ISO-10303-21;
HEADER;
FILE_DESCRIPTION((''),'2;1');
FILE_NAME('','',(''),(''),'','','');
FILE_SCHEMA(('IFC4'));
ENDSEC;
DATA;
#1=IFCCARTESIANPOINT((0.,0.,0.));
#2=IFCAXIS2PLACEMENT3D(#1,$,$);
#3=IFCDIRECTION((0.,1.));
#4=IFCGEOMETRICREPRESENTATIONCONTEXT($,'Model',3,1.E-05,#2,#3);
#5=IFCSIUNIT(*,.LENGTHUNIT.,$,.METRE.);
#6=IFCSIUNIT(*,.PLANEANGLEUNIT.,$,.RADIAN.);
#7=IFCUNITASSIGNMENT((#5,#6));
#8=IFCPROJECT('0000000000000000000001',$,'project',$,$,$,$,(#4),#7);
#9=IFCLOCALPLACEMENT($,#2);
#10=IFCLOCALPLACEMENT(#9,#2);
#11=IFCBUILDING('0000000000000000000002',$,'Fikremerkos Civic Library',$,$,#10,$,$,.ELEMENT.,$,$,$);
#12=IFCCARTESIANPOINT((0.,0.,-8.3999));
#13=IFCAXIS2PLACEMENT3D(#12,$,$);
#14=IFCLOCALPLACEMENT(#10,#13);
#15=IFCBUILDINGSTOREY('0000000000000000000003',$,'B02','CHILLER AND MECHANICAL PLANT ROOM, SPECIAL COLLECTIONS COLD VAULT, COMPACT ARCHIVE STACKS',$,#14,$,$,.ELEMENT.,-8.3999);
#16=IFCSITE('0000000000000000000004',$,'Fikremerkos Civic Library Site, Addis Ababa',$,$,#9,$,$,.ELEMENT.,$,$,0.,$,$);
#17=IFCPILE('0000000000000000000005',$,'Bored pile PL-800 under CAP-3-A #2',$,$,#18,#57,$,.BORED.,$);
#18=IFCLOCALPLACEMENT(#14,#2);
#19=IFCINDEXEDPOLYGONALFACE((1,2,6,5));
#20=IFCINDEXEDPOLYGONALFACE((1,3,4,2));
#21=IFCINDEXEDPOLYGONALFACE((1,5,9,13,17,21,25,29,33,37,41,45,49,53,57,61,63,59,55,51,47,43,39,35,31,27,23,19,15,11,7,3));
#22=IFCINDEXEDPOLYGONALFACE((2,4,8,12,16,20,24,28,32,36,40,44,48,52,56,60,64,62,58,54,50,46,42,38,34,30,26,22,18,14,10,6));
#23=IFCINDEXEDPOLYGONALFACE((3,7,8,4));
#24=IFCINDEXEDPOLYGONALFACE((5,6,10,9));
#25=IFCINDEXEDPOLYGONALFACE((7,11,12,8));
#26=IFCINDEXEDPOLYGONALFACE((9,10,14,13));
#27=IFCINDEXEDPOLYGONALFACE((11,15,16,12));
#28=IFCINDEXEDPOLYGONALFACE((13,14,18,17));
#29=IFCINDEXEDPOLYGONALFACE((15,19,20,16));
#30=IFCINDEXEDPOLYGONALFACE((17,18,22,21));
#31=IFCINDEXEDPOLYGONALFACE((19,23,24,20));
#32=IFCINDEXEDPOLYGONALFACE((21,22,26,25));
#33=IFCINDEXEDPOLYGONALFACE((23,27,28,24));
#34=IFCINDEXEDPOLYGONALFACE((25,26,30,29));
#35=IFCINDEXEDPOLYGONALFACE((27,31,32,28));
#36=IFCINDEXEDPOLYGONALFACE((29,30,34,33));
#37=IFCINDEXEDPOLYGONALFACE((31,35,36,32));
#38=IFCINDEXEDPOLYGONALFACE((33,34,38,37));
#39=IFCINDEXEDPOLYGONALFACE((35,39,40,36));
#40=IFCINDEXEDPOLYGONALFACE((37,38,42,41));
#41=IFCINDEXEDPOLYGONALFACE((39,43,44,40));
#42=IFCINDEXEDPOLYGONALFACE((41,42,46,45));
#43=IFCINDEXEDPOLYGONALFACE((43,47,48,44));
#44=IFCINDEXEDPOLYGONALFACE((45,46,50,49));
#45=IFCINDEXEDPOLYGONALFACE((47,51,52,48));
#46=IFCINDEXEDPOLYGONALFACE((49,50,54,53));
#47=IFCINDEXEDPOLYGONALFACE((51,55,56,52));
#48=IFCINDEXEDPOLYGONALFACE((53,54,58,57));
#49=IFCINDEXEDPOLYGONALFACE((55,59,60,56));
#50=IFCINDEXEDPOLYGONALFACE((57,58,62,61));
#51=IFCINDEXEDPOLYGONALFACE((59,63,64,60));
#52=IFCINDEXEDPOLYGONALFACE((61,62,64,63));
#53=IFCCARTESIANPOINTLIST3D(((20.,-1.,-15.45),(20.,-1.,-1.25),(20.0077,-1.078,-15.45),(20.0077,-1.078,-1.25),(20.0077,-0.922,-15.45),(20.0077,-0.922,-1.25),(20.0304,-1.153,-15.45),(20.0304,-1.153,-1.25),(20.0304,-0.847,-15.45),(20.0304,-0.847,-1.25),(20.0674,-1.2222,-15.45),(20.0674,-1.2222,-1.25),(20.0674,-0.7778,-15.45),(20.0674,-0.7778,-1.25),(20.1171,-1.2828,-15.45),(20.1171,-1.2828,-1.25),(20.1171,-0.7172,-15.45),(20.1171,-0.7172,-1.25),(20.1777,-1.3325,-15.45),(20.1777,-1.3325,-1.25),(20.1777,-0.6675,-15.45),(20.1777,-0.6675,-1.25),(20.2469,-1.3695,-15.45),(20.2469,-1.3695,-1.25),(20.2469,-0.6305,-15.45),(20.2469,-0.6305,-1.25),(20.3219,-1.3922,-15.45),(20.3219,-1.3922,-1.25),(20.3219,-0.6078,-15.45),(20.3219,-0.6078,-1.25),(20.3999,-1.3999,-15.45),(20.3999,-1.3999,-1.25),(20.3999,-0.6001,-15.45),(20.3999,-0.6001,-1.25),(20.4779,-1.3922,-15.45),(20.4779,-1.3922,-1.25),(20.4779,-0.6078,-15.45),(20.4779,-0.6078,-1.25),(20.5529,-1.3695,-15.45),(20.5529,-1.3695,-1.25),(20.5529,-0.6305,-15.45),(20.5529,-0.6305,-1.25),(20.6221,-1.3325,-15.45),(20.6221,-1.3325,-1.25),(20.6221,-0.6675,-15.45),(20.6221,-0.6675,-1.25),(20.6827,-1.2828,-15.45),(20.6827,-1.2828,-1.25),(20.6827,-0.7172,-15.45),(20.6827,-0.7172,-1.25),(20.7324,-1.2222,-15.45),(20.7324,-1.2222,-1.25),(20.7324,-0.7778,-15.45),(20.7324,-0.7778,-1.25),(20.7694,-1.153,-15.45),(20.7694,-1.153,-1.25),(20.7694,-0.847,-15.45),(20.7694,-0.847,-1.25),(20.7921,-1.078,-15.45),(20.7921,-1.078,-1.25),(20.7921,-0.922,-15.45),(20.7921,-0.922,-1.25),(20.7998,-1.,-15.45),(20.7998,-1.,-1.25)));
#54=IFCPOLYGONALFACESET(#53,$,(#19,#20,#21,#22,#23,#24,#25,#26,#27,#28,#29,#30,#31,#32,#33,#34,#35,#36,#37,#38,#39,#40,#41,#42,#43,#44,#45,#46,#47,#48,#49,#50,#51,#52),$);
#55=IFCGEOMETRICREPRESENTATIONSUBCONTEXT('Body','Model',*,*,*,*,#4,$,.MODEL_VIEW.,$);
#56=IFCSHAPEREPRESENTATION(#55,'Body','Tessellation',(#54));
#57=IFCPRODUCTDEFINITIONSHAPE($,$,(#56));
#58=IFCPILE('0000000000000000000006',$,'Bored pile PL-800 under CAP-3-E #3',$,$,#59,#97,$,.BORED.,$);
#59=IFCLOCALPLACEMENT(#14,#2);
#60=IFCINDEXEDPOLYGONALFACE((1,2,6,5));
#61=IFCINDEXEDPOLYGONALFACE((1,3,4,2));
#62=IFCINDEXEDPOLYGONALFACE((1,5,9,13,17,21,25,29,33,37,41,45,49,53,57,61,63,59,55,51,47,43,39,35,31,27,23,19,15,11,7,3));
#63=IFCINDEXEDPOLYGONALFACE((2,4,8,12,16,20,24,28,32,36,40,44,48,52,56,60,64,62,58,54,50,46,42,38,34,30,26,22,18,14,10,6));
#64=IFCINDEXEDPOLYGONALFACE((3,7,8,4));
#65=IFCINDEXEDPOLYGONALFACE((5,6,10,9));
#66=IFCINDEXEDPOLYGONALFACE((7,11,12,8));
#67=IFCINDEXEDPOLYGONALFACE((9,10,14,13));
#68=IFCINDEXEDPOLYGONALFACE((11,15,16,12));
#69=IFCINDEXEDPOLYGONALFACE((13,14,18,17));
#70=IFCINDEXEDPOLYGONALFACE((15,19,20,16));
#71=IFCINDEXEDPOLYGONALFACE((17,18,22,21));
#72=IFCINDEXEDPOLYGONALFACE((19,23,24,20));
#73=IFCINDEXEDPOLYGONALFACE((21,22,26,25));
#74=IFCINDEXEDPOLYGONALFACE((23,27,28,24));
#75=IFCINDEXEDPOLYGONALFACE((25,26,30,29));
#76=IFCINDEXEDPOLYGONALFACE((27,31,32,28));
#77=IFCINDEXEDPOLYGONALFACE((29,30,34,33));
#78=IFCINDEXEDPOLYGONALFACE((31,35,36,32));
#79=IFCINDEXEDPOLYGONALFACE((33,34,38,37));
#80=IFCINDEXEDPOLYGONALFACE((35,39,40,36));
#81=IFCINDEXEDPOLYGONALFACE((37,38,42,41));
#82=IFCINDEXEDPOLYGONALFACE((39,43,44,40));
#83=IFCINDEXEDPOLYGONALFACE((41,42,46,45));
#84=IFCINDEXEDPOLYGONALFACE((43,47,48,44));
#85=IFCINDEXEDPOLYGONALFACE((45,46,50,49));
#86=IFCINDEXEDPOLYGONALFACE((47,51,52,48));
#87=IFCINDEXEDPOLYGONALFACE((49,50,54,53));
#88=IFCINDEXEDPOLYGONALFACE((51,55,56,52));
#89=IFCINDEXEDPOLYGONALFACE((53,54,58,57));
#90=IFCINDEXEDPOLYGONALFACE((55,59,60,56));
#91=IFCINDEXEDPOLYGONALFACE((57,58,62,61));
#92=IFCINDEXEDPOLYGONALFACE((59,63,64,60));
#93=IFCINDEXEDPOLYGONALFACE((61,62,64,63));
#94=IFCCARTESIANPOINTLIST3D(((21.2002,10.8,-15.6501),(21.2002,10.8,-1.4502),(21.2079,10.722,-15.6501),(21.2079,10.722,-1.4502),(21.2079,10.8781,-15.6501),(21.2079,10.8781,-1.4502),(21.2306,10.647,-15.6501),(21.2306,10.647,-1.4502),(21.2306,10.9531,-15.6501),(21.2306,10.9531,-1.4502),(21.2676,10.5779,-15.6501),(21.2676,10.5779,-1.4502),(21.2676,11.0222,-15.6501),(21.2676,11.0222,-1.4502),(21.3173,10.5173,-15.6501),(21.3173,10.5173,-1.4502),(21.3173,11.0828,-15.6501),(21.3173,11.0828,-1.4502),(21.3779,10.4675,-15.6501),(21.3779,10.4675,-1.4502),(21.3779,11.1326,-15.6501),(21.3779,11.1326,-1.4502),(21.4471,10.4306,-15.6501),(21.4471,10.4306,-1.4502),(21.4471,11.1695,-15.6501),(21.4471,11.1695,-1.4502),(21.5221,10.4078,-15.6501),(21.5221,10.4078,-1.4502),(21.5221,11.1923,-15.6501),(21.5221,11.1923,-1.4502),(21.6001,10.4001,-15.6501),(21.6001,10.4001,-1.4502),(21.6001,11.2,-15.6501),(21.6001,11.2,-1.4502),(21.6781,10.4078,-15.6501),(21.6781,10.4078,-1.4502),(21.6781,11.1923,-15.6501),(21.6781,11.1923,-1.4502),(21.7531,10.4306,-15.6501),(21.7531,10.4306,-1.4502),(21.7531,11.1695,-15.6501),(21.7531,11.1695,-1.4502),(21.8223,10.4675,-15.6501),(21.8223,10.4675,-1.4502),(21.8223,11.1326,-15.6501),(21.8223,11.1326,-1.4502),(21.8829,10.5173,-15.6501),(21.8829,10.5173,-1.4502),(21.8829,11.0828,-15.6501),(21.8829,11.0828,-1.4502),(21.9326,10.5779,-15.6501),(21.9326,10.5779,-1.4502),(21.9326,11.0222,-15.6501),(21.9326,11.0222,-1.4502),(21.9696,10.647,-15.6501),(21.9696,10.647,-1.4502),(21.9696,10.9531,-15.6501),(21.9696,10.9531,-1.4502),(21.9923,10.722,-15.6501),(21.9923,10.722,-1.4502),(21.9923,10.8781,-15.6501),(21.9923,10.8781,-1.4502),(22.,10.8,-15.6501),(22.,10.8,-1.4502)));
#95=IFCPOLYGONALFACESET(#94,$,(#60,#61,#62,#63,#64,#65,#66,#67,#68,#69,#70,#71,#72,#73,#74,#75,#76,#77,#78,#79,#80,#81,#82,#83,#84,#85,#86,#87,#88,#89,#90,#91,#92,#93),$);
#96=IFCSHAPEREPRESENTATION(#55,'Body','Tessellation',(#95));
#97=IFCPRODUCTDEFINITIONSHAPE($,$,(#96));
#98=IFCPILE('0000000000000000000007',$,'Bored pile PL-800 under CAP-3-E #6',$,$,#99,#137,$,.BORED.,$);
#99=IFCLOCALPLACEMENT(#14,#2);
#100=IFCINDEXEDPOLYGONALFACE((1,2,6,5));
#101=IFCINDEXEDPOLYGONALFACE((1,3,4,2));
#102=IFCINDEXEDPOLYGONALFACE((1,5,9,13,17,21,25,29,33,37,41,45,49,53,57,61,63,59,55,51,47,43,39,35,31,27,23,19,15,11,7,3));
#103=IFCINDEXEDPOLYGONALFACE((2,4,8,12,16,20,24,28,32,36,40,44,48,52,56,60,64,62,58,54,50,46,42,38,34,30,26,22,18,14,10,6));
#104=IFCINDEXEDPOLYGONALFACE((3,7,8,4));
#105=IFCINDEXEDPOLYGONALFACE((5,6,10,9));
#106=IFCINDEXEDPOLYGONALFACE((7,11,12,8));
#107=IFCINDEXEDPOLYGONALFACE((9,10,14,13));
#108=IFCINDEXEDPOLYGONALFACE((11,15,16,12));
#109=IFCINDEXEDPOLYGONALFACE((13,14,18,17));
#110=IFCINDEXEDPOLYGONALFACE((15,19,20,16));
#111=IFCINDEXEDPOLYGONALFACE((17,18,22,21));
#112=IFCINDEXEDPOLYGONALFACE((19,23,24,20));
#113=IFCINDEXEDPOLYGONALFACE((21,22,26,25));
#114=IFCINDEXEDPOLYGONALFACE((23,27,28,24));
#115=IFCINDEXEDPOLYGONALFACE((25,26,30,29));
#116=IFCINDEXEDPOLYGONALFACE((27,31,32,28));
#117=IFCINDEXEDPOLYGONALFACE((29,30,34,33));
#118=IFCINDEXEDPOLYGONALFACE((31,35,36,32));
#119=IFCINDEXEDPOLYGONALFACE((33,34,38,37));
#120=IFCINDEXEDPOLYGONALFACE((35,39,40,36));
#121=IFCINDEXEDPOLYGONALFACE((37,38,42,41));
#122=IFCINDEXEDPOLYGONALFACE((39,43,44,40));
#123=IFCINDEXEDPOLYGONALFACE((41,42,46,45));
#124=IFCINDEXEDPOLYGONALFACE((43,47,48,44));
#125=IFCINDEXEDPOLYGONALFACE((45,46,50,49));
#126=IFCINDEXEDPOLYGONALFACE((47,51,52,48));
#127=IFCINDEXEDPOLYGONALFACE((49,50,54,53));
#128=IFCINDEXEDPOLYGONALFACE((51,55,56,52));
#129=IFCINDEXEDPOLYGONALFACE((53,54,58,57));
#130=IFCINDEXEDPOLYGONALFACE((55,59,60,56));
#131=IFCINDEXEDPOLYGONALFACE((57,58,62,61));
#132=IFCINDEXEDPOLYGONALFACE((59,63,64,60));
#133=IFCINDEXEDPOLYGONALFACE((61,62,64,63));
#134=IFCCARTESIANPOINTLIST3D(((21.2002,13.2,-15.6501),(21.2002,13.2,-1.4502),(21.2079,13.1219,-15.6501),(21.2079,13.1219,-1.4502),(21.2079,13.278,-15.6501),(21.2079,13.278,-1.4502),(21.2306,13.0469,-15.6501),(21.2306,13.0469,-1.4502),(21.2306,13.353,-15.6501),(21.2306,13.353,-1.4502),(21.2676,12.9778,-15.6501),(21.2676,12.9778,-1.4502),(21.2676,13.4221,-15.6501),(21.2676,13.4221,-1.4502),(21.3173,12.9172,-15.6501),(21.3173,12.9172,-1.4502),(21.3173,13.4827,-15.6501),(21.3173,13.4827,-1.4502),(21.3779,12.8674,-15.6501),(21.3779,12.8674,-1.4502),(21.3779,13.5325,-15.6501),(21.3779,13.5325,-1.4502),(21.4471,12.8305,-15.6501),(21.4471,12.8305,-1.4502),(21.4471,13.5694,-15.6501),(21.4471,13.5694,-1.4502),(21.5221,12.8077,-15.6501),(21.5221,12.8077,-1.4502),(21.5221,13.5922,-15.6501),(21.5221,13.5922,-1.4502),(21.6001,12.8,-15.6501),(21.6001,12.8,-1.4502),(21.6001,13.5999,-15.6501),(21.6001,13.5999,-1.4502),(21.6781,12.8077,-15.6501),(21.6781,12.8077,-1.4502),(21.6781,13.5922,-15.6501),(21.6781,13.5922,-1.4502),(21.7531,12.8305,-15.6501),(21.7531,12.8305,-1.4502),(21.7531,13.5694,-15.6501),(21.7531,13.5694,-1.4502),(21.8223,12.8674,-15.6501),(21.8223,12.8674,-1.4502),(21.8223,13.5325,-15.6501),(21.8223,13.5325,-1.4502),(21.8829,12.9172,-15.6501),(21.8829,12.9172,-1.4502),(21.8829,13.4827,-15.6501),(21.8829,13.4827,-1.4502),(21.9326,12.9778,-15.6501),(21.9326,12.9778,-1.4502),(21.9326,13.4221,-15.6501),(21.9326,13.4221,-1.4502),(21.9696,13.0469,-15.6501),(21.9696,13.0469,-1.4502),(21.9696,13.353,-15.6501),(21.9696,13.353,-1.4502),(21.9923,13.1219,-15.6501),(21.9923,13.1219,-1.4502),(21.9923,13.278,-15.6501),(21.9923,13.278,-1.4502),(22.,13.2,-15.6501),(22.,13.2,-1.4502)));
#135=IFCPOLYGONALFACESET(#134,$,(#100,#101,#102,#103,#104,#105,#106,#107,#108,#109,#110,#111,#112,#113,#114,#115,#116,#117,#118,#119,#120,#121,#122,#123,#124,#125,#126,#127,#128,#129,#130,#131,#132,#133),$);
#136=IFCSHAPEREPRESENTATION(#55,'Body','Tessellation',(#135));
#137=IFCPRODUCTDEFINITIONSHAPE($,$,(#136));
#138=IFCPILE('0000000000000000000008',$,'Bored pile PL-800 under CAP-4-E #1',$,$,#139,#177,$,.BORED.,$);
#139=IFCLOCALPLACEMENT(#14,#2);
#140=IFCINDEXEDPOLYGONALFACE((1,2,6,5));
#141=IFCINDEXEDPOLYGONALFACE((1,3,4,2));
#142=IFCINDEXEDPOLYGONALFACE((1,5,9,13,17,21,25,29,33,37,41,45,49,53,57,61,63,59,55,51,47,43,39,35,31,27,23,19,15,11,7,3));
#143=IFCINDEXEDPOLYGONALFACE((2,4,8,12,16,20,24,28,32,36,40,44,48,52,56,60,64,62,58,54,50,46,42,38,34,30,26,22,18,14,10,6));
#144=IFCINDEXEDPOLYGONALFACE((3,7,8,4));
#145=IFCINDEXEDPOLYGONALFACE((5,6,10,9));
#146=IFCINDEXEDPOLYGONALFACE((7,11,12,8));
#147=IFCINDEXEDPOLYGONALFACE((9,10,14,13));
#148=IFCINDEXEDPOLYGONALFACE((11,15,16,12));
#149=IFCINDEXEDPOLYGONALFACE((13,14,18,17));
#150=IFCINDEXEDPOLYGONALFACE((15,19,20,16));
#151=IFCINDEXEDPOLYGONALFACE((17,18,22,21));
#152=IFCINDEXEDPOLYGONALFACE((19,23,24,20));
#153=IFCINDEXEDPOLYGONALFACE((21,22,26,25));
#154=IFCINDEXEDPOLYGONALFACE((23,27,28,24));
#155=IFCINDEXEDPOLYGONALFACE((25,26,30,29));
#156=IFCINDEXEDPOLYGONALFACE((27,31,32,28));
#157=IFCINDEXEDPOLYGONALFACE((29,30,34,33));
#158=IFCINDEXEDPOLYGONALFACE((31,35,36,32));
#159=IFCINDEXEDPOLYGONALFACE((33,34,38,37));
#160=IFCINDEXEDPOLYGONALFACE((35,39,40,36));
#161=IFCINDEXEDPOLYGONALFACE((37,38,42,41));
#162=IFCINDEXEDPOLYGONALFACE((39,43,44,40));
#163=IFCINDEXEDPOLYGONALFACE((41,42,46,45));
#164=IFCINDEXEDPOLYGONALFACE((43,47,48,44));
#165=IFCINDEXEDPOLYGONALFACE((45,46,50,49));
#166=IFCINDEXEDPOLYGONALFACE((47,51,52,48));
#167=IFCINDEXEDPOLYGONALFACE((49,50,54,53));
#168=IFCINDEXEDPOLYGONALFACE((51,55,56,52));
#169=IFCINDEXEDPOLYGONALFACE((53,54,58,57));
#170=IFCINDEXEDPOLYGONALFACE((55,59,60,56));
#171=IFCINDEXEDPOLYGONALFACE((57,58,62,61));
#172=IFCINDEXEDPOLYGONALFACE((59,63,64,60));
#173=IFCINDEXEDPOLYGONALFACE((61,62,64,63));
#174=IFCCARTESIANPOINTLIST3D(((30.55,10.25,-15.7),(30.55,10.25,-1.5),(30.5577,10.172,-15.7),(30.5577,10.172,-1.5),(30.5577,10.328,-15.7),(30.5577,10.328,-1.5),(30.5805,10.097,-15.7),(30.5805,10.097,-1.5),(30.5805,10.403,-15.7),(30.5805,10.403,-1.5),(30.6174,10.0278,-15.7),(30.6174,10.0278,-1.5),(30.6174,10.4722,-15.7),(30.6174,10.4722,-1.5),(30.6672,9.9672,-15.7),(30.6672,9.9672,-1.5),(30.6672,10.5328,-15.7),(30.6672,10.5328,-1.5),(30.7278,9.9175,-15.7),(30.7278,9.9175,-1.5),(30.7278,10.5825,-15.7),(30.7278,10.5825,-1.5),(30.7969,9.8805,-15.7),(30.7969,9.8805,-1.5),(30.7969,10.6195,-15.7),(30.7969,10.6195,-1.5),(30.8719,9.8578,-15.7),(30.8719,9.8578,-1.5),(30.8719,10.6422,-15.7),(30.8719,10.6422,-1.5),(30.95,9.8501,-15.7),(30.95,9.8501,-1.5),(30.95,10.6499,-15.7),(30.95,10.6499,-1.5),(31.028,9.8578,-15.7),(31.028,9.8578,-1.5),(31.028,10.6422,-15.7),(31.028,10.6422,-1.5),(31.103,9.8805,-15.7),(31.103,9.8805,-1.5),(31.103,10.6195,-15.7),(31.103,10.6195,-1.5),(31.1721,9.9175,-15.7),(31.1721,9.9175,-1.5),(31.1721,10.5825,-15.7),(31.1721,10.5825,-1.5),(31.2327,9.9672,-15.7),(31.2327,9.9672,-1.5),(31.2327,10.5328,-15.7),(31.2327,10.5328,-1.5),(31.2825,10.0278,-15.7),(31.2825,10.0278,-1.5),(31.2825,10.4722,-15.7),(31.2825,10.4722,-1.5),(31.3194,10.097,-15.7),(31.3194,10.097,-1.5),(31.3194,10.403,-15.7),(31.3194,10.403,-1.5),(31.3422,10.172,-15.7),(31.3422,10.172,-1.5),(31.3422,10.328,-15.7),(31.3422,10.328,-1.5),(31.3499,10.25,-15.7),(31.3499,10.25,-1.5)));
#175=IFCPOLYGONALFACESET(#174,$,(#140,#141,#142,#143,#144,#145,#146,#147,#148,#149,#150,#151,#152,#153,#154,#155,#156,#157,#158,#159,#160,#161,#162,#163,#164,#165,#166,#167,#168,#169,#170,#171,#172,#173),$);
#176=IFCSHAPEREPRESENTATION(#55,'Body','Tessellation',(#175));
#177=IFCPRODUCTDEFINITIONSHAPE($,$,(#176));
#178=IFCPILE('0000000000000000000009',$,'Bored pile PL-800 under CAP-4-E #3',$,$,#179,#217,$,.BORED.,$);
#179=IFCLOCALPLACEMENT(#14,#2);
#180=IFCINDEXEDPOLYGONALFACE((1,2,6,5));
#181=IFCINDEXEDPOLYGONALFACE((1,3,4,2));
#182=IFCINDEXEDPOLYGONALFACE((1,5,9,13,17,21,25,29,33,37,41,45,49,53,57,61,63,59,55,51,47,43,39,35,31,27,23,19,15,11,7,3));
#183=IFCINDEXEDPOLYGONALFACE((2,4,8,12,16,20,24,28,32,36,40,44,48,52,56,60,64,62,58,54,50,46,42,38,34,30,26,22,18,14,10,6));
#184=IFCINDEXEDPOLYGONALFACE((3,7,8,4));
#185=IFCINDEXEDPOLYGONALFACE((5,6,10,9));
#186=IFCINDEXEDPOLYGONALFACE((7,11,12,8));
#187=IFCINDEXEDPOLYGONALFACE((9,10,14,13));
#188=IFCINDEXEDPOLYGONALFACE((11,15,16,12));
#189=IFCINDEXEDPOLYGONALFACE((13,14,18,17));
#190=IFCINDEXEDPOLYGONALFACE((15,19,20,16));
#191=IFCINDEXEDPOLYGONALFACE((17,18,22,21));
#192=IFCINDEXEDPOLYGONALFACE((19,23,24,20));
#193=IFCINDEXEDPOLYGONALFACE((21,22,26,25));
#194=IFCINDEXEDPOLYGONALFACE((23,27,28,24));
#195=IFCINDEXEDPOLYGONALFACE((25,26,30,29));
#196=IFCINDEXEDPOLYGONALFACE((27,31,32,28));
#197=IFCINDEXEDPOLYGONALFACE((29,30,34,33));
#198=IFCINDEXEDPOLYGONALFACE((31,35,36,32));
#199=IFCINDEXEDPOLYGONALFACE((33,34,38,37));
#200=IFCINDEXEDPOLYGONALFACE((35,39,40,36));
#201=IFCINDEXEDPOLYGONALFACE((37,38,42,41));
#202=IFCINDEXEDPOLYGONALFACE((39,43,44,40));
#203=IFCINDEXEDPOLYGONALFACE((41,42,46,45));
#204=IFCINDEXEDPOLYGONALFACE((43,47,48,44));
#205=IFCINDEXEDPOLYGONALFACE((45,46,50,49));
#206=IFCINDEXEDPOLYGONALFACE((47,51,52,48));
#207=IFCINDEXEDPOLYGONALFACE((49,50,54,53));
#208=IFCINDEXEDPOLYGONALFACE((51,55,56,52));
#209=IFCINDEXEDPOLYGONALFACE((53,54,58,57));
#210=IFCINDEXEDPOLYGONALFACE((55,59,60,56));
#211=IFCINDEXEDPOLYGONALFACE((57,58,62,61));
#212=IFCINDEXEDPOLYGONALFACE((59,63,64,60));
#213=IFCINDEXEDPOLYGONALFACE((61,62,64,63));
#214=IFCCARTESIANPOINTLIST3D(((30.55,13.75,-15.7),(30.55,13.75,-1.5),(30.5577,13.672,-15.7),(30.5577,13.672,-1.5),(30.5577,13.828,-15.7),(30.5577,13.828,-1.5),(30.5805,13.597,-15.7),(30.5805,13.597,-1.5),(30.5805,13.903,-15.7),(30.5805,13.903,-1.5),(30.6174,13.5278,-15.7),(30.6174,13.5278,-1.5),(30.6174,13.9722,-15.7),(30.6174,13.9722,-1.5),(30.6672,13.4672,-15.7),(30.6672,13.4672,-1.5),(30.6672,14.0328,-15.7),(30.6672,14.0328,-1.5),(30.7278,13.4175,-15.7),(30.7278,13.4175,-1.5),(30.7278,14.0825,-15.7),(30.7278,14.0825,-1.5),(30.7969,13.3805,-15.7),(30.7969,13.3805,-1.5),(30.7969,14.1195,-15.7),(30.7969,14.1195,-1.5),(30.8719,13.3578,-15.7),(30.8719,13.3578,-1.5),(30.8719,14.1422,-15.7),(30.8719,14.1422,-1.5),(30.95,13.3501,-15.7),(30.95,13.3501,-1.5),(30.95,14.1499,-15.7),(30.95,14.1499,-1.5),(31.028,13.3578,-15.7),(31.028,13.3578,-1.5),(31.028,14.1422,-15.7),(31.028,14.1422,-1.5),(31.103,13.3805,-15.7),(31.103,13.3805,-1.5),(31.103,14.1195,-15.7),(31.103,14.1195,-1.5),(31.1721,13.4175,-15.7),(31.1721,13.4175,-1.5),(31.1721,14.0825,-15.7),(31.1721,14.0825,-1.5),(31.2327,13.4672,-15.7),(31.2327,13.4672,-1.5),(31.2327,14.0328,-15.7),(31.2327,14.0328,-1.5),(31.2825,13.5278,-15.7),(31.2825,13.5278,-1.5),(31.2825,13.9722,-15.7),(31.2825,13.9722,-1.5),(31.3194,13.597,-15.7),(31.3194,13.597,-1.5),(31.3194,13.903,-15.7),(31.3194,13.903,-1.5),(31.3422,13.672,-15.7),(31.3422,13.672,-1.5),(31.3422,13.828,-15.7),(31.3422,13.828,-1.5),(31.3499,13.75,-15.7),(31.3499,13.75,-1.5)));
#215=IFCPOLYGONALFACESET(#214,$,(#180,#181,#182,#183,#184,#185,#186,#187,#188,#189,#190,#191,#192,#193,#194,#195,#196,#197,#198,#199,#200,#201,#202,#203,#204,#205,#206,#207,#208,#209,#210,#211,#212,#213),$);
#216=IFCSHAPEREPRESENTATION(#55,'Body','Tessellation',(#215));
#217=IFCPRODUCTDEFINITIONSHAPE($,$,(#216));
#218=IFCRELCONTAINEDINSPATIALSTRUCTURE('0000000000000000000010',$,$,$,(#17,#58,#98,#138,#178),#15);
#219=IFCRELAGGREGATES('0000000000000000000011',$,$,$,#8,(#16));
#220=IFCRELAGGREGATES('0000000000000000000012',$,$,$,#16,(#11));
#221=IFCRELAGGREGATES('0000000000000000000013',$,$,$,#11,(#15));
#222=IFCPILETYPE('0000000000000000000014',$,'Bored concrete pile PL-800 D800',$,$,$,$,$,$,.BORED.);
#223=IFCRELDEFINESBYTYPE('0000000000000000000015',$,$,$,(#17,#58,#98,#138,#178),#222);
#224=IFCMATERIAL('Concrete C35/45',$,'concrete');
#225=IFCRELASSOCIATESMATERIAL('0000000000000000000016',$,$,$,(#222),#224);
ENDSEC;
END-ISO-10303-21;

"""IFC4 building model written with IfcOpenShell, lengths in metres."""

from ifc_helpers import new_model, si_unit, direction, frame, origin, origin_2d, place, context, subcontext, project, spatial, circle, extrude, material, material_profile, profile_set, type_object, element, save


model = new_model("IFC4")

# Units and contexts
model_context = context("Model", 3, precision=1e-05, world=origin(), true_north=direction((0.0, 1.0)))
body_context = subcontext(model_context, "Body", "Model", "MODEL_VIEW")
ifc_project = project(units=[si_unit("LENGTHUNIT", "METRE"), si_unit("PLANEANGLEUNIT", "RADIAN")], contexts=[model_context])

# Site, building, storey
site_placement = place(None, origin())
site = spatial("IfcSite", under=ifc_project, at=site_placement, Name="Fikremerkos Civic Library Site, Addis Ababa", CompositionType="ELEMENT", RefElevation=0.0)
building_placement = place(site_placement, origin())
building = spatial("IfcBuilding", under=site, at=building_placement, Name="Fikremerkos Civic Library", CompositionType="ELEMENT")
storey_placement = place(building_placement, frame((0.0, 0.0, -8.3999)))
storey = spatial("IfcBuildingStorey", under=building, at=storey_placement, Name="B02", Description="CHILLER AND MECHANICAL PLANT ROOM, SPECIAL COLLECTIONS COLD VAULT, COMPACT ARCHIVE STACKS", CompositionType="ELEMENT", Elevation=-8.3999)

# Piles
ifc_material_1 = material(Name="Concrete C35/45", Category="concrete")
ifc_material_profile_1 = material_profile(ifc_material_1, circle(Radius=0.3999, at=origin_2d()), Name="BORED PILE 800")
ifc_profile_set_1 = profile_set([ifc_material_profile_1], Name="Concrete C35/45")
pile_type_1 = type_object("IfcPileType", Name="Bored concrete pile PL-800 D800", PredefinedType="BORED", material=ifc_profile_set_1)
for number, where, z_axis, x_axis, name in (
    (1, (20.3999, -1.0, -1.25), (0.0, 0.0, -1.0), (1.0, 0.0, 0.0), "Bored pile PL-800 under CAP-3-A #2"),
    (2, (21.6001, 10.8, -1.4502), (0.0, 0.0, -1.0), (1.0, 0.0, 0.0), "Bored pile PL-800 under CAP-3-E #3"),
    (3, (21.6001, 13.2, -1.4502), (0.0, 0.0, -1.0), (1.0, 0.0, 0.0), "Bored pile PL-800 under CAP-3-E #6"),
    (4, (30.95, 10.25, -1.5), (0.0, 0.0, -1.0), (1.0, 0.0, 0.0), "Bored pile PL-800 under CAP-4-E #1"),
    (5, (30.95, 13.75, -1.5), (0.0, 0.0, -1.0), (1.0, 0.0, 0.0), "Bored pile PL-800 under CAP-4-E #3"),
):
    element("IfcPile", number, at=place(storey_placement, frame(where, z_axis=z_axis, x_axis=x_axis)), inside=storey, type_object=pile_type_1, Name=name, PredefinedType="BORED", context=body_context, shape_type="SweptSolid", body=[
        extrude(circle(Radius=0.3999, at=origin_2d()), origin(), (0.0, 0.0, 1.0), 14.2),
    ])

save(model, "model.ifc")
